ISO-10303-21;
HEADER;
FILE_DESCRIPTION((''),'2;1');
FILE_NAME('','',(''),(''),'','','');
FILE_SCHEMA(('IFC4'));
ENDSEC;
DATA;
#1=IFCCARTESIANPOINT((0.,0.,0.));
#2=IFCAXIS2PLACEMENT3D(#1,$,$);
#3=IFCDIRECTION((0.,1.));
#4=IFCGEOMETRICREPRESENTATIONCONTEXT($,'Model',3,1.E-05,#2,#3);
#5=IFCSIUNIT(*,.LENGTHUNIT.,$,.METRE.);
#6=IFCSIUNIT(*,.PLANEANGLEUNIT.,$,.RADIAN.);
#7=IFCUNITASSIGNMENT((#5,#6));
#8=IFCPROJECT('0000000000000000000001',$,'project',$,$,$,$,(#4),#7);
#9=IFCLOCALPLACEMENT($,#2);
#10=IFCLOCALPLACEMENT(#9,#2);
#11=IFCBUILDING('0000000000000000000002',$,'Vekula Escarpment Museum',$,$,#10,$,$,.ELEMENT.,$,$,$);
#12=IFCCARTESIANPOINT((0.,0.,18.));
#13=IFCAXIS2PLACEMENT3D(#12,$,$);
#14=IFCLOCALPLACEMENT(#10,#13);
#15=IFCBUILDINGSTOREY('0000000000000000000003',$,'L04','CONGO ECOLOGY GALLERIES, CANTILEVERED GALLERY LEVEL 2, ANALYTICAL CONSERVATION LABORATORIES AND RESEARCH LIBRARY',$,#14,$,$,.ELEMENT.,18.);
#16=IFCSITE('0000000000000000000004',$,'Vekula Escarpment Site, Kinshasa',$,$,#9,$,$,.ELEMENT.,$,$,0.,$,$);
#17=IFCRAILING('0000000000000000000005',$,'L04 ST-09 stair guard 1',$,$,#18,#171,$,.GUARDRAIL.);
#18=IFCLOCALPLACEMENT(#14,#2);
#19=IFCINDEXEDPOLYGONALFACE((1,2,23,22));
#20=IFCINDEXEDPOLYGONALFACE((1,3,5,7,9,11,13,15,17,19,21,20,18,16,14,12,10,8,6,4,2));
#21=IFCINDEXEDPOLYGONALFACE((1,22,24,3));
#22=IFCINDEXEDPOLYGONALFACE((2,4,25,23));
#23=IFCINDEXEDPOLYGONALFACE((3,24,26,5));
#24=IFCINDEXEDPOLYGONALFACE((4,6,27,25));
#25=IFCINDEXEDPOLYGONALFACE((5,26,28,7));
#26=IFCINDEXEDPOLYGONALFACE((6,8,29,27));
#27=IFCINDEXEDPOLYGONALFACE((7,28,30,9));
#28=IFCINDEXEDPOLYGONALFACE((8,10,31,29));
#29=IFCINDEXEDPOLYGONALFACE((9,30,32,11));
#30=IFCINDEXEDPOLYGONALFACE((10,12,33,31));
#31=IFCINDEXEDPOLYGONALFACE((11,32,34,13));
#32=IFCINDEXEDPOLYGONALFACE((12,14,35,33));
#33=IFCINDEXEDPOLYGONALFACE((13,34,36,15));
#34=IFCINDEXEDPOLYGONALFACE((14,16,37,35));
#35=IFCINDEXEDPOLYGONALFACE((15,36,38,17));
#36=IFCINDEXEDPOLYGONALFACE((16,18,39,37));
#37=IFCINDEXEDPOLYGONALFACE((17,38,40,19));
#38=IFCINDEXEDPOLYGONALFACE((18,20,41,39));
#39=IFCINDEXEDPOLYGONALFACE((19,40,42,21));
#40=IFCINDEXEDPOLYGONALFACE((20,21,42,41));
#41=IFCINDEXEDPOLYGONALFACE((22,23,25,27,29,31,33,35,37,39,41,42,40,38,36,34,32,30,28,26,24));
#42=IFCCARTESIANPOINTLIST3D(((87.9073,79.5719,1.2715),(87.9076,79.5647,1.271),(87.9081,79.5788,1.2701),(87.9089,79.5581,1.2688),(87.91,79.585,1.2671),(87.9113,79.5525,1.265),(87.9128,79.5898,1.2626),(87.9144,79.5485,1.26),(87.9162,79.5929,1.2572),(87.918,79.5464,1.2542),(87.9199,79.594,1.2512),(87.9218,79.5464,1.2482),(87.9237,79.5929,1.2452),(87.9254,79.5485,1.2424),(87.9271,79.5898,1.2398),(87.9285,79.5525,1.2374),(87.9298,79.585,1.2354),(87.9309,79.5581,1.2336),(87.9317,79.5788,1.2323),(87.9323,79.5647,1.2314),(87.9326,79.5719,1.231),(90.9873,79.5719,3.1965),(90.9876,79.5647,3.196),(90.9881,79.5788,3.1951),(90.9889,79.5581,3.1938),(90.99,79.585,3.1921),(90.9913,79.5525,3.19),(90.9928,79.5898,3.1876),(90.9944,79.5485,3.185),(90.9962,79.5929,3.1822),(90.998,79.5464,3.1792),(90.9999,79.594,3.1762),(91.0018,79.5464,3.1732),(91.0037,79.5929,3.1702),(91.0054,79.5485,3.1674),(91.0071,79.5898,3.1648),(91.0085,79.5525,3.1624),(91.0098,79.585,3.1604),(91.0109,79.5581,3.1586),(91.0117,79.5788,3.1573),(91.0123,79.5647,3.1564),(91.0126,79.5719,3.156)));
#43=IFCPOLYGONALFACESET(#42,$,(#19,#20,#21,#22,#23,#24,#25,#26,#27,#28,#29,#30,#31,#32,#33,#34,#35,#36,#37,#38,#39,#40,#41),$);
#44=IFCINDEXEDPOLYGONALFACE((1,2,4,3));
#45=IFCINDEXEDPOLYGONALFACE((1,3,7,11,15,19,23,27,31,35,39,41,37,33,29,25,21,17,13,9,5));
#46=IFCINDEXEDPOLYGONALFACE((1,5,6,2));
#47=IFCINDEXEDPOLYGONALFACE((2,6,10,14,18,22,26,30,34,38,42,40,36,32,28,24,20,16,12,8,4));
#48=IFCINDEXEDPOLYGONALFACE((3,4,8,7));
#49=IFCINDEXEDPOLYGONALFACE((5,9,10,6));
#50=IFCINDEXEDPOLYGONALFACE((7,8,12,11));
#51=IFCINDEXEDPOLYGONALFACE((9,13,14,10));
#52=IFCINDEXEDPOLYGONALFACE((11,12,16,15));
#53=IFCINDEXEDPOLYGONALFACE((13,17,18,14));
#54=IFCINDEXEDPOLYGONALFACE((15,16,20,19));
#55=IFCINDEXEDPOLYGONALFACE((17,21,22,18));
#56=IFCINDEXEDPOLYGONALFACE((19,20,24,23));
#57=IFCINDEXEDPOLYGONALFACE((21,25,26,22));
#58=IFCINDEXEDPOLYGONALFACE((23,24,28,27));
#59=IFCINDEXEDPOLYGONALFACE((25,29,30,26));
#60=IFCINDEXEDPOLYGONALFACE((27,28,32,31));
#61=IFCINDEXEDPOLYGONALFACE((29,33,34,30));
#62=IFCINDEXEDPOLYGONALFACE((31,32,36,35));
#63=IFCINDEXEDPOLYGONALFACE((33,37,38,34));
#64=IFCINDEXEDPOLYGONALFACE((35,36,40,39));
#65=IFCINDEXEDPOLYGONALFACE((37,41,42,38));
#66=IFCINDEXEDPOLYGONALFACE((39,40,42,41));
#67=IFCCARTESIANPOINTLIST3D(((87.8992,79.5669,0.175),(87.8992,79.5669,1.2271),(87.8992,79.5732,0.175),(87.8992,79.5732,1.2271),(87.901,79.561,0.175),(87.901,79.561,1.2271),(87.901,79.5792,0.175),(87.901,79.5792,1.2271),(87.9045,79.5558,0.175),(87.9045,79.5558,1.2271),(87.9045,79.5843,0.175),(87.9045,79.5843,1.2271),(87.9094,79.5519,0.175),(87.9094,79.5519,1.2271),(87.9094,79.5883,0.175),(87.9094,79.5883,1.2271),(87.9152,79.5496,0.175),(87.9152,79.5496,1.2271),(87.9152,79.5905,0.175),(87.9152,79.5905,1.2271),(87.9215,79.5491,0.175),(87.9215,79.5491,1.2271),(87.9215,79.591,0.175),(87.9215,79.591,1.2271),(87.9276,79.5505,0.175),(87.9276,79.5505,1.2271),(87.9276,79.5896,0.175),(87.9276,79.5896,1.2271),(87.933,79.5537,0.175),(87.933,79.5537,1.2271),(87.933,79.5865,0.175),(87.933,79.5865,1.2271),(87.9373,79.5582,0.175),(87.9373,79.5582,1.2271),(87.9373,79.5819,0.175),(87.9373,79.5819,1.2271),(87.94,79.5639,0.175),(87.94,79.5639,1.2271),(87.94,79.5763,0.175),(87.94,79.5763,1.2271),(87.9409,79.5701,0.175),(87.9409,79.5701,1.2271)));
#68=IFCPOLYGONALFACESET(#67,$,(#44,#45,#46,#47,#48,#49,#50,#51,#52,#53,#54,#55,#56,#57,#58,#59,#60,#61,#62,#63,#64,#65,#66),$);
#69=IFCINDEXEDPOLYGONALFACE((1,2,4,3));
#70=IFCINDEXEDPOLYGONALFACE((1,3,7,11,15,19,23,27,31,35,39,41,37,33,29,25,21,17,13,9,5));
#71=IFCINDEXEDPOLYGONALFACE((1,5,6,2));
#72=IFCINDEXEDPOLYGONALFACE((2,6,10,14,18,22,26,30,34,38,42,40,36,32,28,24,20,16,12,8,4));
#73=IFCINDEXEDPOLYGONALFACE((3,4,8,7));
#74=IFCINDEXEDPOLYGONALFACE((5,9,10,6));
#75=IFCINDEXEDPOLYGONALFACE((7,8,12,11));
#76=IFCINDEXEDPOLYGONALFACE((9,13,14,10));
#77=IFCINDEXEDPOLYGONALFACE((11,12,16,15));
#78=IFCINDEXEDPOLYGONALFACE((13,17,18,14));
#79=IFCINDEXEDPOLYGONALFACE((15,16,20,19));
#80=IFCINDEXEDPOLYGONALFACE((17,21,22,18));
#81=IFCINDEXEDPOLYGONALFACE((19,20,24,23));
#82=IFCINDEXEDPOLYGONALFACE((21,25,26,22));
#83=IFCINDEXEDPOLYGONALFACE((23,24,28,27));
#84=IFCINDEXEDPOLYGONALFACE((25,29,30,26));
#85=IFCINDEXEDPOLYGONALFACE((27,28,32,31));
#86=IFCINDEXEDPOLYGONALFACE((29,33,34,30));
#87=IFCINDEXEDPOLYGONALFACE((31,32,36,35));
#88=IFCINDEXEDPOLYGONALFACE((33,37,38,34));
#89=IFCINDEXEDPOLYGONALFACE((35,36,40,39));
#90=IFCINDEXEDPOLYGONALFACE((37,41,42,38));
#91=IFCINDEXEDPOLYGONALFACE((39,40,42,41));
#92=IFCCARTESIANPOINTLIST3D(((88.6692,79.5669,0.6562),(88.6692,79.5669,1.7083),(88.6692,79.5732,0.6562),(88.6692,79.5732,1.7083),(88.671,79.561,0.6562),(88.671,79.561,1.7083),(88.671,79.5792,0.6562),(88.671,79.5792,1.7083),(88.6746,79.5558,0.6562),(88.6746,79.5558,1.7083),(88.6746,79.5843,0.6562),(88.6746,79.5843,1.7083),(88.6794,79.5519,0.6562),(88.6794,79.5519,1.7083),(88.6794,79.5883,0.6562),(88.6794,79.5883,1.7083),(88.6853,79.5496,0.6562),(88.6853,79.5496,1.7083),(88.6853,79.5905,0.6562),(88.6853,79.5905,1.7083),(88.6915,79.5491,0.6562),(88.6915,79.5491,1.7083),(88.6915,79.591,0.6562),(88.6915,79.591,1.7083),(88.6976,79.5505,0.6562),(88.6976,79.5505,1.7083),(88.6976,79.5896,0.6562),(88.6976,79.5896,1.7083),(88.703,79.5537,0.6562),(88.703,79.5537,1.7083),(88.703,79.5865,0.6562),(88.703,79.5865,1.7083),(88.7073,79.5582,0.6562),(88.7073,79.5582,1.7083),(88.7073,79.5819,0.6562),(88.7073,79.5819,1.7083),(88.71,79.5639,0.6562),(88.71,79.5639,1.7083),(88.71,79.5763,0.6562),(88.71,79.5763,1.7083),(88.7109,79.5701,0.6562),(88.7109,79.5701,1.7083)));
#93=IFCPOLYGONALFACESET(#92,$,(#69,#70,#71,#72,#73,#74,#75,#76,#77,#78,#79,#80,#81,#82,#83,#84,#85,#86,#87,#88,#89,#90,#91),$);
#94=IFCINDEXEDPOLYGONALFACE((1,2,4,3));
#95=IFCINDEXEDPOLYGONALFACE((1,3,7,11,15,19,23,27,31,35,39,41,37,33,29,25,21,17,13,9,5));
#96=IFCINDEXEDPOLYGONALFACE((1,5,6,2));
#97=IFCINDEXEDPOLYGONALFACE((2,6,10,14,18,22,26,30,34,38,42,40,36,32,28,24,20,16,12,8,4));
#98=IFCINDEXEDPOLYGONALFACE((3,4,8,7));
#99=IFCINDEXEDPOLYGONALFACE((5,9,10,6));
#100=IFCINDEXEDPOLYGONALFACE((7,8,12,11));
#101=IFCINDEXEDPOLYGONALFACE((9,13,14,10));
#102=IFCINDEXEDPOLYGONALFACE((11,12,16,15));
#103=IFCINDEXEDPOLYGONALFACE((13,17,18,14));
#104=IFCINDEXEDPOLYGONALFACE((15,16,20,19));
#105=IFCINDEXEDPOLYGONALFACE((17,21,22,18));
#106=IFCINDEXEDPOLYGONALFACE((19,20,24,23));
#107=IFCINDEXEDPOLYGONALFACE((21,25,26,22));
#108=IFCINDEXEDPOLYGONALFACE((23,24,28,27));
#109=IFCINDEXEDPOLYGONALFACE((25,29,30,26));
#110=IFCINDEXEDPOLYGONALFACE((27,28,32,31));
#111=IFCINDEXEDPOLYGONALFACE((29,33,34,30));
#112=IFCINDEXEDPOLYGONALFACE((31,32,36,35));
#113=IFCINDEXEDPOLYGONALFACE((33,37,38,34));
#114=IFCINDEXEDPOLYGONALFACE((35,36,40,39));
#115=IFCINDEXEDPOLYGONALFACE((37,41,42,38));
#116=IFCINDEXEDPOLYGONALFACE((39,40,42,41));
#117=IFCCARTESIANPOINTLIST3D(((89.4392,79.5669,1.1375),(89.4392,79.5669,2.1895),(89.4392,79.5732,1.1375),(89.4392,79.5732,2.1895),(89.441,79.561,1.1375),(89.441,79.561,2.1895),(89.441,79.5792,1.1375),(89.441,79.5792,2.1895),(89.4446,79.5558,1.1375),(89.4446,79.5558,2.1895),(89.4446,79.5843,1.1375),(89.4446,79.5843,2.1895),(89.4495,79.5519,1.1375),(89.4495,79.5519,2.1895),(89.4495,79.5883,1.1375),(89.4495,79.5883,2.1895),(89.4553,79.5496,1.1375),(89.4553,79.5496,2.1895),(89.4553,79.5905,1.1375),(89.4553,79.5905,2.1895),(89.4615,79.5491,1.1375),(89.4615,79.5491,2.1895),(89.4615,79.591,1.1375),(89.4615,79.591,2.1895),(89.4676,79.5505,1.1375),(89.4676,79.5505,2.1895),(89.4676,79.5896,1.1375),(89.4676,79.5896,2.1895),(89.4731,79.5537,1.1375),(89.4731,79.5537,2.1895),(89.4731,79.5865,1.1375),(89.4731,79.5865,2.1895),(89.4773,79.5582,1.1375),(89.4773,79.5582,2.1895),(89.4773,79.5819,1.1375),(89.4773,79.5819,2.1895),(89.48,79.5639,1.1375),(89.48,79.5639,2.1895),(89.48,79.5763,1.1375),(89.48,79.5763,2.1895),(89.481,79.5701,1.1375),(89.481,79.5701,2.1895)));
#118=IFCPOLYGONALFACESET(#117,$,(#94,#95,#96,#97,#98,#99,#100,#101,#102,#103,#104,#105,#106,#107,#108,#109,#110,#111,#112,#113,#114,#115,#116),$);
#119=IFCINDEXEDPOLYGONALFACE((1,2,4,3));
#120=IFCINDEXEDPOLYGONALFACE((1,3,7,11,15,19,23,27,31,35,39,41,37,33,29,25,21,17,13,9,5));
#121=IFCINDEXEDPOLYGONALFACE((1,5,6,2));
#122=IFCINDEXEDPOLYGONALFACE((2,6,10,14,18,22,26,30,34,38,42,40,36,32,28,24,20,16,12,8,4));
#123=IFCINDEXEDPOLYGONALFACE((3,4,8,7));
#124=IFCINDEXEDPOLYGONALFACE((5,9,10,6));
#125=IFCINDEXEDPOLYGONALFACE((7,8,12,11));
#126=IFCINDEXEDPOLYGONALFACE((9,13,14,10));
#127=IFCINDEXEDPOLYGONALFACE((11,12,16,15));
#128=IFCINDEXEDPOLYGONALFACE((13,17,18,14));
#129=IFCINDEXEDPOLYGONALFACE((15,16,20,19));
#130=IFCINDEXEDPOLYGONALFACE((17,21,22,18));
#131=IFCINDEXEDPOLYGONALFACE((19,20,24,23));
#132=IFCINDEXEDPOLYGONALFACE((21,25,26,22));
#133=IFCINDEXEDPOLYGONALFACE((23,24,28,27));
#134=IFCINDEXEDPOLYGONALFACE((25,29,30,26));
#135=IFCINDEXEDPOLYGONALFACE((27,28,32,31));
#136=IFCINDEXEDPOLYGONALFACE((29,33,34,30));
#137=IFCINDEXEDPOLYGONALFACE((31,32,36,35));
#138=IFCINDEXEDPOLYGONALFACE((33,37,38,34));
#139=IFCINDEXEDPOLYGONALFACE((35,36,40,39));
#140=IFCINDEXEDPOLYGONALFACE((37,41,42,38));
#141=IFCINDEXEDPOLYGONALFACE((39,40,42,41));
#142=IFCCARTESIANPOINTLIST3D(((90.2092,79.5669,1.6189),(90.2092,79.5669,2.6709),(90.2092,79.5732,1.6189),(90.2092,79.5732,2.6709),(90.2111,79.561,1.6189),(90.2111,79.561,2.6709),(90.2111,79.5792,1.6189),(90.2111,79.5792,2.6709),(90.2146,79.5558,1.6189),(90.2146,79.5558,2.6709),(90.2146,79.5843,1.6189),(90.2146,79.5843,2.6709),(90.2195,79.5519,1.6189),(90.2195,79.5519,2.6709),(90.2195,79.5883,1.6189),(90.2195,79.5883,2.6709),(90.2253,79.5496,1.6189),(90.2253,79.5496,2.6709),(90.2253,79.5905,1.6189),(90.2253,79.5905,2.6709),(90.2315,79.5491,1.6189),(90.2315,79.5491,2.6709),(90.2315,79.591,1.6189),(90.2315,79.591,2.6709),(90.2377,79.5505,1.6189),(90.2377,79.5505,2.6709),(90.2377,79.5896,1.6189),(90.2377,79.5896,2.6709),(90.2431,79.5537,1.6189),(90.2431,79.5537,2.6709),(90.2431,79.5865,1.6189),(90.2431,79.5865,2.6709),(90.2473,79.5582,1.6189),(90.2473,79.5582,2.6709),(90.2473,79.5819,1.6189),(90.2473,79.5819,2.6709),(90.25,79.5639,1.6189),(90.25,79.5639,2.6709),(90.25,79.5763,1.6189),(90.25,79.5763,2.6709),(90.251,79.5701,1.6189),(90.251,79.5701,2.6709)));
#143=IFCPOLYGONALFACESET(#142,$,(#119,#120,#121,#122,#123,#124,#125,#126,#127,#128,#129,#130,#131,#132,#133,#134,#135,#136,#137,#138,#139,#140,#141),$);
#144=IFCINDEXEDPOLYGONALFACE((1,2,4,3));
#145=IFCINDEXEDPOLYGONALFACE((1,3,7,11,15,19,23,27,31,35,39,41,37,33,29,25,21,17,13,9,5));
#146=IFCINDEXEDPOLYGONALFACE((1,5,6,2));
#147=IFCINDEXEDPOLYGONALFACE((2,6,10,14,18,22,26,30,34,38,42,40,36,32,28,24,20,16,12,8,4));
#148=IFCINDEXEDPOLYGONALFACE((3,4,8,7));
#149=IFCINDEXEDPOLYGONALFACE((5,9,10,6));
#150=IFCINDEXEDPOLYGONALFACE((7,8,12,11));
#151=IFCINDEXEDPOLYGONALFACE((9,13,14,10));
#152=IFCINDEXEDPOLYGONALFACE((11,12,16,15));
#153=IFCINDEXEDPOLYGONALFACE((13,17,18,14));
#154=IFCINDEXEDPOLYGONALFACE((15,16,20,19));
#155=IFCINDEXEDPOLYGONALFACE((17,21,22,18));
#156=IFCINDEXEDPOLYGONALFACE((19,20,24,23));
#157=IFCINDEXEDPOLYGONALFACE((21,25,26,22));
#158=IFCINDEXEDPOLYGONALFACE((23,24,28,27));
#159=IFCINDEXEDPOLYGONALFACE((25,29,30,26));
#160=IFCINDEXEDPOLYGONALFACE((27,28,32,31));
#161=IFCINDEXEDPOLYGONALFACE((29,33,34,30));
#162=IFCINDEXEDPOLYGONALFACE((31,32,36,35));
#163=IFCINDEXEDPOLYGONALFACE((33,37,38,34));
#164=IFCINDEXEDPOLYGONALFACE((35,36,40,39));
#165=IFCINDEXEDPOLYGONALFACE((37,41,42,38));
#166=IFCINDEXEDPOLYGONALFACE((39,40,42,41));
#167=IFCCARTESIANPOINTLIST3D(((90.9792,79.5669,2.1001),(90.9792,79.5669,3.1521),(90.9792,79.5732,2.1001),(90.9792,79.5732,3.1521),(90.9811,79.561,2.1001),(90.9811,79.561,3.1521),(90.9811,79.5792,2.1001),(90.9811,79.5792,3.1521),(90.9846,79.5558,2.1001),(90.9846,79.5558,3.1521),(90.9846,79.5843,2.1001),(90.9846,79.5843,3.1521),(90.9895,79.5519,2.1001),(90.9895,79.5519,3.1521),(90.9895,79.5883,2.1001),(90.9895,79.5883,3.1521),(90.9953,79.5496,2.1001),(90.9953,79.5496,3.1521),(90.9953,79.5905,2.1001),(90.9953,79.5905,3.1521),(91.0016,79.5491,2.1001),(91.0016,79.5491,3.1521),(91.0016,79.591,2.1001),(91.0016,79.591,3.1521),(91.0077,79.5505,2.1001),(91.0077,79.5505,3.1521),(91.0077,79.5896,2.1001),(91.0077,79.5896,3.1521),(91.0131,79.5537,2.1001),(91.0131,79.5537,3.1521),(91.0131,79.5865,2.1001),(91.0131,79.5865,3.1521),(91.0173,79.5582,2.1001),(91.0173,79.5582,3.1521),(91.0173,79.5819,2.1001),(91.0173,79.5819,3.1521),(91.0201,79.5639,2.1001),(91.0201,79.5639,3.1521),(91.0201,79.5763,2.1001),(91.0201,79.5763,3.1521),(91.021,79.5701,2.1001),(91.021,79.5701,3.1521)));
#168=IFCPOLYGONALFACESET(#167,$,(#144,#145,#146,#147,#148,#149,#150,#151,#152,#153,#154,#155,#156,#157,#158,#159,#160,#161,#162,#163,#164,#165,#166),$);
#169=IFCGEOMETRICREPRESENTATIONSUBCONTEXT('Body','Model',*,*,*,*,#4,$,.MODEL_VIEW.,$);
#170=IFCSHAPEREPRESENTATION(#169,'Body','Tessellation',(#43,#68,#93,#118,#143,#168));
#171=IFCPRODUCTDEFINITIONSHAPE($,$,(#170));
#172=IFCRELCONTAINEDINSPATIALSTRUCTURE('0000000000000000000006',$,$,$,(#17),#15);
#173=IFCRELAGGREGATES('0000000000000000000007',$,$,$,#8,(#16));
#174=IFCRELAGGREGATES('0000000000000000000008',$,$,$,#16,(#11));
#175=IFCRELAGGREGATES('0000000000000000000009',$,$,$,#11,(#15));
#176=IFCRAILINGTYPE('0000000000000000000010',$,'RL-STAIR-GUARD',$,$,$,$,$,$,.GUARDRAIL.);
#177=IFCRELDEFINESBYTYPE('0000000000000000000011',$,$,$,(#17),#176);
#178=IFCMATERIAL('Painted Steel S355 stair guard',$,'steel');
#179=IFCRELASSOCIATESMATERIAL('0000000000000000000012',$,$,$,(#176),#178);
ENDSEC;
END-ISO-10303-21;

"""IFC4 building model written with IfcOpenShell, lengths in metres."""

from ifc_helpers import new_model, si_unit, direction, frame, origin, origin_2d, place, context, subcontext, project, spatial, circle, extrude, material, type_object, element, save


model = new_model("IFC4")

# Units and contexts
model_context = context("Model", 3, precision=1e-05, world=origin(), true_north=direction((0.0, 1.0)))
body_context = subcontext(model_context, "Body", "Model", "MODEL_VIEW")
ifc_project = project(units=[si_unit("LENGTHUNIT", "METRE"), si_unit("PLANEANGLEUNIT", "RADIAN")], contexts=[model_context])

# Site, building, storey
site_placement = place(None, origin())
site = spatial("IfcSite", under=ifc_project, at=site_placement, Name="Vekula Escarpment Site, Kinshasa", CompositionType="ELEMENT", RefElevation=0.0)
building_placement = place(site_placement, origin())
building = spatial("IfcBuilding", under=site, at=building_placement, Name="Vekula Escarpment Museum", CompositionType="ELEMENT")
storey_placement = place(building_placement, frame((0.0, 0.0, 18.0)))
storey = spatial("IfcBuildingStorey", under=building, at=storey_placement, Name="L04", Description="CONGO ECOLOGY GALLERIES, CANTILEVERED GALLERY LEVEL 2, ANALYTICAL CONSERVATION LABORATORIES AND RESEARCH LIBRARY", CompositionType="ELEMENT", Elevation=18.0)

# Railing
ifc_material_1 = material(Name="Painted Steel S355 stair guard", Category="steel")
railing_type_1 = type_object("IfcRailingType", Name="RL-STAIR-GUARD", PredefinedType="GUARDRAIL", material=ifc_material_1)
railing_1_placement = place(storey_placement, frame((87.9199, 79.5701, 0.175)))
element("IfcRailing", 1, at=railing_1_placement, inside=storey, type_object=railing_type_1, Name="L04 ST-09 stair guard 1", PredefinedType="GUARDRAIL", context=body_context, shape_type="SweptSolid", body=[
    extrude(circle(Radius=0.0239, at=origin_2d()), frame((0.0, 0.0, 1.0762), z_axis=(0.847998, 0.0, 0.529999), x_axis=(0.0, 1.0, 0.0)), (0.0, 0.0, 1.0), 3.6321),
    extrude(circle(Radius=0.021, at=origin_2d()), origin(), (0.0, 0.0, 1.0), 1.052),
    extrude(circle(Radius=0.021, at=origin_2d()), frame((0.77, 0.0, 0.4812)), (0.0, 0.0, 1.0), 1.052),
    extrude(circle(Radius=0.021, at=origin_2d()), frame((1.54, 0.0, 0.9624)), (0.0, 0.0, 1.0), 1.052),
    extrude(circle(Radius=0.021, at=origin_2d()), frame((2.3101, 0.0, 1.4438)), (0.0, 0.0, 1.0), 1.052),
    extrude(circle(Radius=0.021, at=origin_2d()), frame((3.0801, 0.0, 1.925)), (0.0, 0.0, 1.0), 1.052),
])

save(model, "model.ifc")
